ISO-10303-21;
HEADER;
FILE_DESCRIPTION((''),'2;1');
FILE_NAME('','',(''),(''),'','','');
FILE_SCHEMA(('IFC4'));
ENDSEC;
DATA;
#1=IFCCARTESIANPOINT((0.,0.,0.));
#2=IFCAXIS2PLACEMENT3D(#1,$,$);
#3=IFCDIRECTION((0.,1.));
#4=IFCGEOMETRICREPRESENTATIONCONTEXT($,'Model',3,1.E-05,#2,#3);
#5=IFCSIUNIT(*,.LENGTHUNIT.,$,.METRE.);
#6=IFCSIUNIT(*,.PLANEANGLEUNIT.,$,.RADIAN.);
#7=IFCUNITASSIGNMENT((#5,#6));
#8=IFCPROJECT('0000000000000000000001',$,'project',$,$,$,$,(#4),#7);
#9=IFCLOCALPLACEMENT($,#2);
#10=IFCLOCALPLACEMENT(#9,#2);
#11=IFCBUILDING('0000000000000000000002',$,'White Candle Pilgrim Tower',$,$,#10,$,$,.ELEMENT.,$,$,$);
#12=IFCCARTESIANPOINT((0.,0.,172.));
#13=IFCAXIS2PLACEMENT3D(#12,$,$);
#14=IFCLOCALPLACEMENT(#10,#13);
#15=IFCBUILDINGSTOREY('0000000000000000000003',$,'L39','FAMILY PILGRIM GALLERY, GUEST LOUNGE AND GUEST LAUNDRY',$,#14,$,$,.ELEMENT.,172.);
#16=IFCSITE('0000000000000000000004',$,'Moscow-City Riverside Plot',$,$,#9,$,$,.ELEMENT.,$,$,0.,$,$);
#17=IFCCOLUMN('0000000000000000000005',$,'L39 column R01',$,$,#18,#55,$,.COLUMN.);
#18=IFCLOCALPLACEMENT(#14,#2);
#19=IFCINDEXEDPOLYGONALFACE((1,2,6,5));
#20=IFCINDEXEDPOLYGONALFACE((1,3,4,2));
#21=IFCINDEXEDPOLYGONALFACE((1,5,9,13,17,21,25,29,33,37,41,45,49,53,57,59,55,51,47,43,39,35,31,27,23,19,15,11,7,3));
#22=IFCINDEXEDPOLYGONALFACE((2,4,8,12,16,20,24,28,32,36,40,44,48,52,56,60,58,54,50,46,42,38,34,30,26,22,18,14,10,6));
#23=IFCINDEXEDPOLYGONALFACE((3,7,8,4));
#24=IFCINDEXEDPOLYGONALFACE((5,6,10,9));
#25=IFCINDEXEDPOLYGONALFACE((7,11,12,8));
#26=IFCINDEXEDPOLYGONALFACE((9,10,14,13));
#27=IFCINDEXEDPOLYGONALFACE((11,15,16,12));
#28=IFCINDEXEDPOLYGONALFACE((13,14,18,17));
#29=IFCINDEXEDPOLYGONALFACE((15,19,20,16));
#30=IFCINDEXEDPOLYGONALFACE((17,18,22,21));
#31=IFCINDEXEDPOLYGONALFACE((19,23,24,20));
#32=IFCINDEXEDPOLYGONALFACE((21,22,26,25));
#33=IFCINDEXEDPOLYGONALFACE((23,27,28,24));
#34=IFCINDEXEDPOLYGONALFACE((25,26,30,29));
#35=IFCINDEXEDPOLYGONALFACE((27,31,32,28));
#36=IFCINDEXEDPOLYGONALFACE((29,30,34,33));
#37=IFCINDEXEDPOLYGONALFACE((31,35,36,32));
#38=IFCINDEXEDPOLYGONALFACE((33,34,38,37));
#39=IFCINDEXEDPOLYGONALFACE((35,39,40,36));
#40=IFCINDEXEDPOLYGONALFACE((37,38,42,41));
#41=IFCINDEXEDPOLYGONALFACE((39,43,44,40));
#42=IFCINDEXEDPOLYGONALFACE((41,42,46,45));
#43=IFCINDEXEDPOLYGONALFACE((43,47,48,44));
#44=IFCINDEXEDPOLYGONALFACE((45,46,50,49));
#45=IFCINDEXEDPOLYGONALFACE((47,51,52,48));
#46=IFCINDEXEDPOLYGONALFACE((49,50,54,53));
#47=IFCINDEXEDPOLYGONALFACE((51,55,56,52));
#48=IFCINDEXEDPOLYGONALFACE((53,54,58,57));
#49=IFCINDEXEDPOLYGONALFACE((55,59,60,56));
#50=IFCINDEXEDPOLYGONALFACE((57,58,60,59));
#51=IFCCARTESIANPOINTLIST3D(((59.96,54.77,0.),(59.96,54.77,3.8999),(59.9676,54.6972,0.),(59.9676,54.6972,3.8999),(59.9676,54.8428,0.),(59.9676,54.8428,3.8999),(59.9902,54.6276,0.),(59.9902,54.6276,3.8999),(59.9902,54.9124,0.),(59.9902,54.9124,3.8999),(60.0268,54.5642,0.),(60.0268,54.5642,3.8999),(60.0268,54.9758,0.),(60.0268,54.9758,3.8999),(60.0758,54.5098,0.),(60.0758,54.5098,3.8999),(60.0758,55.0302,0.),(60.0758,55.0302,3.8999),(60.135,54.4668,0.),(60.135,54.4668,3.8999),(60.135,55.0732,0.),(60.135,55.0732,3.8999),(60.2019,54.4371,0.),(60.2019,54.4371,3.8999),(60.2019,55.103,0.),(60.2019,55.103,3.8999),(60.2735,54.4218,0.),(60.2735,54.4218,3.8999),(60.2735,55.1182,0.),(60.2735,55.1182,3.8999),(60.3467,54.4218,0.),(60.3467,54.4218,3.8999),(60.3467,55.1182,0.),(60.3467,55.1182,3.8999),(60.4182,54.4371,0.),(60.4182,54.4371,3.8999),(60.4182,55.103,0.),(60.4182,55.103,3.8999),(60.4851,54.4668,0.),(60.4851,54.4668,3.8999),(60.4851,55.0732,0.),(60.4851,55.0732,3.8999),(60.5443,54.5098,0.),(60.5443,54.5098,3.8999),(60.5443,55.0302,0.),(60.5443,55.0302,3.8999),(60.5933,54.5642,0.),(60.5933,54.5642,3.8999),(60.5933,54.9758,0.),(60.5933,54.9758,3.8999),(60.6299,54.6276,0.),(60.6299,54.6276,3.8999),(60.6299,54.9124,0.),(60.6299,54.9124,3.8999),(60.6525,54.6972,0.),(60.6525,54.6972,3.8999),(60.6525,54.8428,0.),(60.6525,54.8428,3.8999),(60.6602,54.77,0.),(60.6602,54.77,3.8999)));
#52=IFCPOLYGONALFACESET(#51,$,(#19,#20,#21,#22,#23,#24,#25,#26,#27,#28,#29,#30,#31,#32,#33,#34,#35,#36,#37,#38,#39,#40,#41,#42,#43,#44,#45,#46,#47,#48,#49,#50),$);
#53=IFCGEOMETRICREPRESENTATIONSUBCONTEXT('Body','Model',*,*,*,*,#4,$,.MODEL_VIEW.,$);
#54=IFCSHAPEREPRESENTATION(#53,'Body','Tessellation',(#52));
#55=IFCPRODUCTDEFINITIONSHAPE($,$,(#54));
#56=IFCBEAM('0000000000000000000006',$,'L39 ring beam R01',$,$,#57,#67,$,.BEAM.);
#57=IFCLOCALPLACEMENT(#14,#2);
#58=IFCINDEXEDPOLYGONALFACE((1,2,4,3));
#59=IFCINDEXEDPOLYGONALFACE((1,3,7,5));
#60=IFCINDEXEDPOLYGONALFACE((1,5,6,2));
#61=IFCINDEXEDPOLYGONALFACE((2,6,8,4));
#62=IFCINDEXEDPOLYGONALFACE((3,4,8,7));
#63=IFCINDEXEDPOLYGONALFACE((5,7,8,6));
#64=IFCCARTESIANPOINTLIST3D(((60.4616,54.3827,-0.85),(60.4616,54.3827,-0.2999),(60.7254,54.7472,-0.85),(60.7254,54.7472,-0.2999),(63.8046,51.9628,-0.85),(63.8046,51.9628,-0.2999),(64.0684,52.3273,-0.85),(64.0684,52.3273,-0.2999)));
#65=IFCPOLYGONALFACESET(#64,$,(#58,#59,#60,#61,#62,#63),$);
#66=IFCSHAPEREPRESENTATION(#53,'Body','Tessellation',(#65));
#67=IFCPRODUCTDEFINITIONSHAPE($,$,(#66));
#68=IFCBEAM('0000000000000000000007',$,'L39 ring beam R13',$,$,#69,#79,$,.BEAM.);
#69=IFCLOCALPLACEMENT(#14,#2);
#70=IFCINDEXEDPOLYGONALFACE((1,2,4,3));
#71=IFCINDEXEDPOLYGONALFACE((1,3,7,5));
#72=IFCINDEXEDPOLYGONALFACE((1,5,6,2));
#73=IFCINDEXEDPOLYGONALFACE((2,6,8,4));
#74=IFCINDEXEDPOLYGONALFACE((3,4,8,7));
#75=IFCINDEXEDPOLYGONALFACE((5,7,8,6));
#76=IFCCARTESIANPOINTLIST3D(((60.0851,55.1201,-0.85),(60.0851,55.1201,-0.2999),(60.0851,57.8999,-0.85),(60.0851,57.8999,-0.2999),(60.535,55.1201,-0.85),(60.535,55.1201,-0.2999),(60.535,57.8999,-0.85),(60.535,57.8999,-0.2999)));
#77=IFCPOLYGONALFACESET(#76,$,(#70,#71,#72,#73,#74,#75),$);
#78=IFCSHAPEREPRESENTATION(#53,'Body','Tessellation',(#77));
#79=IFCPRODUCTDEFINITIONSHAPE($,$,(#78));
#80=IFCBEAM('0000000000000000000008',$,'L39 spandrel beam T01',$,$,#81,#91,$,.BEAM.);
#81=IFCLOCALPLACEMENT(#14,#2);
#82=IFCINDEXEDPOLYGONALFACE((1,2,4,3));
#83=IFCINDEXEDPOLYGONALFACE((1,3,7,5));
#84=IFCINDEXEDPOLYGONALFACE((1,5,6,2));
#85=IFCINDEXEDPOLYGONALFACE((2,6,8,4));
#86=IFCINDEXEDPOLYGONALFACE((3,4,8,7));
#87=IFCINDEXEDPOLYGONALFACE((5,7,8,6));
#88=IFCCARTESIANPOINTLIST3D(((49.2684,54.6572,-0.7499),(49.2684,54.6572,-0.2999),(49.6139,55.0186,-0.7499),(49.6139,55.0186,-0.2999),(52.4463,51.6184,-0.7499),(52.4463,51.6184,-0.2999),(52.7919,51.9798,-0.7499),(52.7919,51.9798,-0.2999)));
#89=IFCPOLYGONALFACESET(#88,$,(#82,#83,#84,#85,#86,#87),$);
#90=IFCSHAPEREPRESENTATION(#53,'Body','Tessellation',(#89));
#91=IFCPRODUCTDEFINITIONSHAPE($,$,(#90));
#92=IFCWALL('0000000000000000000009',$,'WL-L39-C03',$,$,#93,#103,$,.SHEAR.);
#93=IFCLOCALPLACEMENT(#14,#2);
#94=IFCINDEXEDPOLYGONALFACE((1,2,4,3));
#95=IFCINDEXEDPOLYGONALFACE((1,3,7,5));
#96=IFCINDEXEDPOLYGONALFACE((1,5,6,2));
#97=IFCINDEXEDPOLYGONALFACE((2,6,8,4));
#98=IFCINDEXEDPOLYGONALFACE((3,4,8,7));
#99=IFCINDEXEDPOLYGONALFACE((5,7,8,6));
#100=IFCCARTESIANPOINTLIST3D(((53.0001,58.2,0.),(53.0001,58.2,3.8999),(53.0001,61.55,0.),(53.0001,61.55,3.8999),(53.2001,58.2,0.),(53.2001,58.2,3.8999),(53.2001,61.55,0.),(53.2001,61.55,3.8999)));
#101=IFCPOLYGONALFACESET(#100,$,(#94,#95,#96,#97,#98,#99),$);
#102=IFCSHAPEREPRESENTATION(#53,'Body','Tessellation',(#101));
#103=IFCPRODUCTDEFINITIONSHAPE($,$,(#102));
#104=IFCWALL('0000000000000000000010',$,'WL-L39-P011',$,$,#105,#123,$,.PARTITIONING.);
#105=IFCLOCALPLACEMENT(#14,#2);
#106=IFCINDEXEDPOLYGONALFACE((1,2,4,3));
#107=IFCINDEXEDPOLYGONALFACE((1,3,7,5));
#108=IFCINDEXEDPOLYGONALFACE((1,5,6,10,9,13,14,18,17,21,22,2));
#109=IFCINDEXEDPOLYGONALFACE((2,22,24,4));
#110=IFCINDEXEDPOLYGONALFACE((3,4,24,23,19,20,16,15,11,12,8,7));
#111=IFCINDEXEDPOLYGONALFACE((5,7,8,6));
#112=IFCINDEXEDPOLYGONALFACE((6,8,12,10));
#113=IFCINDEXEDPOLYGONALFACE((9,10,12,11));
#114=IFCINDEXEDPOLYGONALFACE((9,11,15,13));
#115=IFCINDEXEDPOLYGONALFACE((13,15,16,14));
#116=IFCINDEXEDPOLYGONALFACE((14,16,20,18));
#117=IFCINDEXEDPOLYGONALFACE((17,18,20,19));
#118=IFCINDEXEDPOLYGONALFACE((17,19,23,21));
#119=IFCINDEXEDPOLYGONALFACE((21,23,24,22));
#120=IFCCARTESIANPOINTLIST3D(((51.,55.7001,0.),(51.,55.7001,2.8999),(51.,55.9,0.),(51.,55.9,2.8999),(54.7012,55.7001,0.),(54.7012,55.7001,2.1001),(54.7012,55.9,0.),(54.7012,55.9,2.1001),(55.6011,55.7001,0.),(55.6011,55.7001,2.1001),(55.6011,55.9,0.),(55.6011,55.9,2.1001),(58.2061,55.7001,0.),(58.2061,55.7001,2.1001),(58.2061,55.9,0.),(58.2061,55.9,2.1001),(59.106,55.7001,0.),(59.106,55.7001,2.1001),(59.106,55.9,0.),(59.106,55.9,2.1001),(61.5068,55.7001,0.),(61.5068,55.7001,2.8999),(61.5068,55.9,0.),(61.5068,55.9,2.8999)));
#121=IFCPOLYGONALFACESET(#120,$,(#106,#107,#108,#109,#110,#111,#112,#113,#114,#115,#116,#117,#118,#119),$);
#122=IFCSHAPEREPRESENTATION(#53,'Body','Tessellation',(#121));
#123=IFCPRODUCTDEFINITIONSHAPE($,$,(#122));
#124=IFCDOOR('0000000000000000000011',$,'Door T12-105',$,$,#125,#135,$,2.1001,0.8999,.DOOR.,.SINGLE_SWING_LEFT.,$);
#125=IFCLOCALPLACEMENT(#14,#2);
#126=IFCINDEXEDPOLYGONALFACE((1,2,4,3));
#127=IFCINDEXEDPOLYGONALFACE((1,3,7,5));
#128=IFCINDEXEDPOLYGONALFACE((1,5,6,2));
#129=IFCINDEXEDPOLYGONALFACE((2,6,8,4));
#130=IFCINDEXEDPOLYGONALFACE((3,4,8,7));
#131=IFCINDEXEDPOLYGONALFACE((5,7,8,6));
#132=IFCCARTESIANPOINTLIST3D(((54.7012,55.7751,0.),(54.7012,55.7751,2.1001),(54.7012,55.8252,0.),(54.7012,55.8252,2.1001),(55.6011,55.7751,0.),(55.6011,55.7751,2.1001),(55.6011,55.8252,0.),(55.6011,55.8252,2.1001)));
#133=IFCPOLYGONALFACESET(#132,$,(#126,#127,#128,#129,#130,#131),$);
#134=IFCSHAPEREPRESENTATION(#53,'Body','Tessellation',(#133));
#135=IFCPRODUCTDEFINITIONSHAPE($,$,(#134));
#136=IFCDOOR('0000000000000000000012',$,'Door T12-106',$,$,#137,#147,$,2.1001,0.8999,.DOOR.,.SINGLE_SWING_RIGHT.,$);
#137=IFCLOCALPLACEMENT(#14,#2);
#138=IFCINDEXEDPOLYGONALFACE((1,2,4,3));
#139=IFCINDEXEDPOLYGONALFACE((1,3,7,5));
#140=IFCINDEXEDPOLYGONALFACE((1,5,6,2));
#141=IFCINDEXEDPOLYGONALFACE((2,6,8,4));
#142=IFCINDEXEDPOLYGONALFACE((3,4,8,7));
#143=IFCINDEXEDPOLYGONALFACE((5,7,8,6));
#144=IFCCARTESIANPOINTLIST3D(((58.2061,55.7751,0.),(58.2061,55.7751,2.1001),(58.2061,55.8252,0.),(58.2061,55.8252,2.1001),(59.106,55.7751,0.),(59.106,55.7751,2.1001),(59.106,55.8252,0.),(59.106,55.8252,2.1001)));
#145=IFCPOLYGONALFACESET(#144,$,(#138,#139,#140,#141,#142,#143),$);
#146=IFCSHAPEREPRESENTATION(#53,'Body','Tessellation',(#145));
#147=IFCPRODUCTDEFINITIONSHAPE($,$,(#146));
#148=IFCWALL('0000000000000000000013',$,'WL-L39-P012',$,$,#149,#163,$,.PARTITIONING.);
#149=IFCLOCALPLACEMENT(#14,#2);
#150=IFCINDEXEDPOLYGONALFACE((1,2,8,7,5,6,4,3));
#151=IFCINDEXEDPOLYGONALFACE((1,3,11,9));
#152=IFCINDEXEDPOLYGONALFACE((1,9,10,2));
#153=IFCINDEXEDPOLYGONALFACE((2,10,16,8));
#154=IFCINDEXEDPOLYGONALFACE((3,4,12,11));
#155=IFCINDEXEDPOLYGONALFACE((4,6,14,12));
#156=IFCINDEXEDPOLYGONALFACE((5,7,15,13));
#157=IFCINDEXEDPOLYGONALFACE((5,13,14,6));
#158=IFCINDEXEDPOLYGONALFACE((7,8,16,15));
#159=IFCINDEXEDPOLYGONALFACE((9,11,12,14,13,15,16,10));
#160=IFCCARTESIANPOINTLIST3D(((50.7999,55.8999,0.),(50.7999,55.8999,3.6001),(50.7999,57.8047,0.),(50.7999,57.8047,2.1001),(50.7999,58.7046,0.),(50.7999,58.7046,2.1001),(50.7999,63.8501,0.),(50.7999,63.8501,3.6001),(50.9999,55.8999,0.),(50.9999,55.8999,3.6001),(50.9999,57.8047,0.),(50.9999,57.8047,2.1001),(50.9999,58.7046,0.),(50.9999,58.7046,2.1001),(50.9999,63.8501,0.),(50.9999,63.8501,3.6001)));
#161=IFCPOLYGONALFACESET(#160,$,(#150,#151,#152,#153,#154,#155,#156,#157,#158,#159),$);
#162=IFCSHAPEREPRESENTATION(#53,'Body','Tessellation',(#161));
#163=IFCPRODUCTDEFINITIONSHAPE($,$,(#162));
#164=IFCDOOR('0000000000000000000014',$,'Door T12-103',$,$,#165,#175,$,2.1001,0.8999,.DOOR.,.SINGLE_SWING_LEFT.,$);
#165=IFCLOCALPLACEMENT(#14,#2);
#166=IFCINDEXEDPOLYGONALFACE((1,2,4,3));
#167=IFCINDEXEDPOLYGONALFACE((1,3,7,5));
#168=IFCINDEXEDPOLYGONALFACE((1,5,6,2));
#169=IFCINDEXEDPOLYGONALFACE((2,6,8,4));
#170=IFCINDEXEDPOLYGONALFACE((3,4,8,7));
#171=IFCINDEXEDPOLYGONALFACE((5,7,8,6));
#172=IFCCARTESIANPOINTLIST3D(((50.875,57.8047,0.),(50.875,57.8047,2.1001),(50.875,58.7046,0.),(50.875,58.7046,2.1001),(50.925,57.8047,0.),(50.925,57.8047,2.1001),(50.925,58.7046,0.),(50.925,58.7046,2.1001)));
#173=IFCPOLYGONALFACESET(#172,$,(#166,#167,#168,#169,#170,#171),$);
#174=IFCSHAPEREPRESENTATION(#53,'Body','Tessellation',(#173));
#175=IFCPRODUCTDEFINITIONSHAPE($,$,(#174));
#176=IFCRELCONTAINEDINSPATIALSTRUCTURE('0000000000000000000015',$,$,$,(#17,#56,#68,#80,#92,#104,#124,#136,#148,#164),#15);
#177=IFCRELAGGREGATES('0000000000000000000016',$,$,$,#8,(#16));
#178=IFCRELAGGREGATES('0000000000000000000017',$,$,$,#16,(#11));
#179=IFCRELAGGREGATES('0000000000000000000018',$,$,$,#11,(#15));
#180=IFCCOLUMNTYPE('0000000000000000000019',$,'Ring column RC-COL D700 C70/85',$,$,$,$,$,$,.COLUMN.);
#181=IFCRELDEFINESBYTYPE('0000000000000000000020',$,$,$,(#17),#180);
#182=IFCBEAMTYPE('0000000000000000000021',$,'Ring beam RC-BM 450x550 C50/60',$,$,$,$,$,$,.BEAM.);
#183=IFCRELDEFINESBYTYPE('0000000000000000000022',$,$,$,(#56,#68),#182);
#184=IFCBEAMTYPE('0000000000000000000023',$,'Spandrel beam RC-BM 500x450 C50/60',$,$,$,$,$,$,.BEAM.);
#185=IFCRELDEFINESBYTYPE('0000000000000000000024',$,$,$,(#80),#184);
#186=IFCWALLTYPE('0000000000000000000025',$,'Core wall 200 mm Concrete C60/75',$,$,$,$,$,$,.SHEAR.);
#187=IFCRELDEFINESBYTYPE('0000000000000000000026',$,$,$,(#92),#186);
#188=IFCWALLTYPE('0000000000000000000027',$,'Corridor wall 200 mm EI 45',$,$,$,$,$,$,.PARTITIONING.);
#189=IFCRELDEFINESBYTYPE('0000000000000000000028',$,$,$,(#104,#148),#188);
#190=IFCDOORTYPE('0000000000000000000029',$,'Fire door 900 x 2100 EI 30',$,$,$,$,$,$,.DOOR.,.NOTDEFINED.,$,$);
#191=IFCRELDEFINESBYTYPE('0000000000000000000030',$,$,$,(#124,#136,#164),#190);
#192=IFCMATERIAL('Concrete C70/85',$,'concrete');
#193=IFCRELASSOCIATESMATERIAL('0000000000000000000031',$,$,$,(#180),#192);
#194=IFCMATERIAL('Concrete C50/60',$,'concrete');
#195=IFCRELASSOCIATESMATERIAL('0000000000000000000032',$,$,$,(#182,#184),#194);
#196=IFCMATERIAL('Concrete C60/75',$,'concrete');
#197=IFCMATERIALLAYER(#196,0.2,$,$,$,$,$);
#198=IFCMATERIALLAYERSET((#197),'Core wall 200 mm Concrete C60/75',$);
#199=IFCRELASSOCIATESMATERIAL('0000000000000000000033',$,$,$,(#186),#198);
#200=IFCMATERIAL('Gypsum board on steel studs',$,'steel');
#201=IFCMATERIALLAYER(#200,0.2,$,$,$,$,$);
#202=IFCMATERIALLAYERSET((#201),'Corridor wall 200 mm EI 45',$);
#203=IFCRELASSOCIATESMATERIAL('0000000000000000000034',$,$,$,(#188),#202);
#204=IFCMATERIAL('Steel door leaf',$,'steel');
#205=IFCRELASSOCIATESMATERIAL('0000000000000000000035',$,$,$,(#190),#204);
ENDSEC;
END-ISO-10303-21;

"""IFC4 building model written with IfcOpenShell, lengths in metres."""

from ifc_helpers import new_model, si_unit, direction, frame, frame_2d, origin, origin_2d, place, context, subcontext, project, spatial, rectangle, circle, extrude, material, layer, layer_set, material_profile, profile_set, type_object, element, fill, save


model = new_model("IFC4")

# Units and contexts
model_context = context("Model", 3, precision=1e-05, world=origin(), true_north=direction((0.0, 1.0)))
body_context = subcontext(model_context, "Body", "Model", "MODEL_VIEW")
ifc_project = project(units=[si_unit("LENGTHUNIT", "METRE"), si_unit("PLANEANGLEUNIT", "RADIAN")], contexts=[model_context])

# Site, building, storey
site_placement = place(None, origin())
site = spatial("IfcSite", under=ifc_project, at=site_placement, Name="Moscow-City Riverside Plot", CompositionType="ELEMENT", RefElevation=0.0)
building_placement = place(site_placement, origin())
building = spatial("IfcBuilding", under=site, at=building_placement, Name="White Candle Pilgrim Tower", CompositionType="ELEMENT")
storey_placement = place(building_placement, frame((0.0, 0.0, 172.0)))
storey = spatial("IfcBuildingStorey", under=building, at=storey_placement, Name="L39", Description="FAMILY PILGRIM GALLERY, GUEST LOUNGE AND GUEST LAUNDRY", CompositionType="ELEMENT", Elevation=172.0)

# Column
ifc_material_1 = material(Name="Concrete C70/85", Category="concrete")
ifc_material_profile_1 = material_profile(ifc_material_1, circle(Radius=0.3501, at=origin_2d()), Name="RC-COL D700")
ifc_profile_set_1 = profile_set([ifc_material_profile_1], Name="Concrete C70/85")
column_type = type_object("IfcColumnType", Name="Ring column RC-COL D700 C70/85", PredefinedType="COLUMN", material=ifc_profile_set_1)
column_placement = place(storey_placement, frame((60.3101, 54.77, 0.0), z_axis=(0.0, 0.0, 1.0), x_axis=(1.0, 0.0, 0.0)))
element("IfcColumn", 1, at=column_placement, inside=storey, type_object=column_type, Name="L39 column R01", PredefinedType="COLUMN", context=body_context, shape_type="SweptSolid", body=[
    extrude(circle(Radius=0.3501, at=origin_2d()), origin(), (0.0, 0.0, 1.0), 3.8999),
])

# Beams
ifc_material_2 = material(Name="Concrete C50/60", Category="concrete")
ifc_material_profile_2 = material_profile(ifc_material_2, rectangle(XDim=0.45, YDim=0.55, at=origin_2d()), Name="RC-BM 450x550")
ifc_profile_set_2 = profile_set([ifc_material_profile_2], Name="Concrete C50/60")
beam_type_1 = type_object("IfcBeamType", Name="Ring beam RC-BM 450x550 C50/60", PredefinedType="BEAM", material=ifc_profile_set_2)
beam_1_placement = place(storey_placement, frame((60.5935, 54.5649, -0.575), z_axis=(0.810044, -0.586369, 0.0), x_axis=(0.586369, 0.810044, 0.0)))
element("IfcBeam", 2, at=beam_1_placement, inside=storey, type_object=beam_type_1, Name="L39 ring beam R01", PredefinedType="BEAM", context=body_context, shape_type="SweptSolid", body=[
    extrude(rectangle(XDim=0.45, YDim=0.55, at=origin_2d()), origin(), (0.0, 0.0, 1.0), 4.127),
])
beam_2_placement = place(storey_placement, frame((60.3101, 55.1201, -0.575), z_axis=(0.0, 1.0, 0.0), x_axis=(-1.0, 0.0, 0.0)))
element("IfcBeam", 3, at=beam_2_placement, inside=storey, type_object=beam_type_1, Name="L39 ring beam R13", PredefinedType="BEAM", context=body_context, shape_type="SweptSolid", body=[
    extrude(rectangle(XDim=0.45, YDim=0.55, at=origin_2d()), origin(), (0.0, 0.0, 1.0), 2.7798),
])
ifc_material_profile_3 = material_profile(ifc_material_2, rectangle(XDim=0.5, YDim=0.45, at=origin_2d()), Name="RC-BM 500x450")
ifc_profile_set_3 = profile_set([ifc_material_profile_3], Name="Concrete C50/60")
beam_type_2 = type_object("IfcBeamType", Name="Spandrel beam RC-BM 500x450 C50/60", PredefinedType="BEAM", material=ifc_profile_set_3)
beam_3_placement = place(storey_placement, frame((49.4412, 54.8379, -0.5249), z_axis=(0.722754, -0.691105, 0.0), x_axis=(0.691105, 0.722754, 0.0)))
element("IfcBeam", 4, at=beam_3_placement, inside=storey, type_object=beam_type_2, Name="L39 spandrel beam T01", PredefinedType="BEAM", context=body_context, shape_type="SweptSolid", body=[
    extrude(rectangle(XDim=0.5, YDim=0.45, at=origin_2d()), origin(), (0.0, 0.0, 1.0), 4.397),
])

# Wall
ifc_material_3 = material(Name="Concrete C60/75", Category="concrete")
ifc_layer_1 = layer(ifc_material_3, 0.2)
ifc_layer_set_1 = layer_set([ifc_layer_1], Name="Core wall 200 mm Concrete C60/75")
wall_type_1 = type_object("IfcWallType", Name="Core wall 200 mm Concrete C60/75", PredefinedType="SHEAR", material=ifc_layer_set_1)
wall_1_placement = place(storey_placement, frame((53.1001, 58.2, 0.0), z_axis=(0.0, 0.0, 1.0), x_axis=(0.0, 1.0, 0.0)))
element("IfcWall", 5, at=wall_1_placement, inside=storey, type_object=wall_type_1, Name="WL-L39-C03", PredefinedType="SHEAR", context=body_context, shape_type="SweptSolid", body=[
    extrude(rectangle(XDim=3.3501, YDim=0.2, at=frame_2d((1.675, 0.0))), origin(), (0.0, 0.0, 1.0), 3.8999),
])

# Wall, openings, doors
ifc_material_4 = material(Name="Gypsum board on steel studs", Category="steel")
ifc_layer_2 = layer(ifc_material_4, 0.2)
ifc_layer_set_2 = layer_set([ifc_layer_2], Name="Corridor wall 200 mm EI 45")
wall_type_2 = type_object("IfcWallType", Name="Corridor wall 200 mm EI 45", PredefinedType="PARTITIONING", material=ifc_layer_set_2)
wall_2_placement = place(storey_placement, frame((61.5068, 55.8, 0.0), z_axis=(0.0, 0.0, 1.0), x_axis=(-1.0, 0.0, 0.0)))
wall_2 = element("IfcWall", 6, at=wall_2_placement, inside=storey, type_object=wall_type_2, Name="WL-L39-P011", PredefinedType="PARTITIONING", context=body_context, shape_type="SweptSolid", body=[
    extrude(rectangle(XDim=10.5068, YDim=0.2, at=frame_2d((5.2534, 0.0))), origin(), (0.0, 0.0, 1.0), 2.8999),
])
opening_1_placement = place(wall_2_placement, frame((5.9058, 0.0, 0.0)))
opening_1 = element("IfcOpeningElement", 7, at=opening_1_placement, cuts=wall_2, PredefinedType="OPENING", context=body_context, shape_type="SweptSolid", body=[
    extrude(rectangle(XDim=0.8999, YDim=2.1001, at=frame_2d((0.45, 1.05))), frame((0.0, 0.1099, 0.0), z_axis=(0.0, -1.0, 0.0), x_axis=(1.0, 0.0, 0.0)), (0.0, 0.0, 1.0), 0.22),
])
opening_2_placement = place(wall_2_placement, frame((2.4009, 0.0, 0.0)))
opening_2 = element("IfcOpeningElement", 8, at=opening_2_placement, cuts=wall_2, PredefinedType="OPENING", context=body_context, shape_type="SweptSolid", body=[
    extrude(rectangle(XDim=0.8999, YDim=2.1001, at=frame_2d((0.45, 1.05))), frame((0.0, 0.1099, 0.0), z_axis=(0.0, -1.0, 0.0), x_axis=(1.0, 0.0, 0.0)), (0.0, 0.0, 1.0), 0.22),
])
ifc_material_5 = material(Name="Steel door leaf", Category="steel")
door_type_1 = type_object("IfcDoorType", Name="Fire door 900 x 2100 EI 30", OperationType="NOTDEFINED", PredefinedType="DOOR", material=ifc_material_5)
door_1_placement = place(opening_1_placement, origin())
door_1 = element("IfcDoor", 9, at=door_1_placement, inside=storey, type_object=door_type_1, Name="Door T12-105", OperationType="SINGLE_SWING_LEFT", OverallHeight=2.1001, OverallWidth=0.8999, PredefinedType="DOOR", context=body_context, shape_type="SweptSolid", body=[
    extrude(rectangle(XDim=0.8999, YDim=2.1001, at=frame_2d((0.45, 1.05))), frame((0.0, 0.0249, 0.0), z_axis=(0.0, -1.0, 0.0), x_axis=(1.0, 0.0, 0.0)), (0.0, 0.0, 1.0), 0.05),
])
fill(opening_1, door_1)
door_2_placement = place(opening_2_placement, origin())
door_2 = element("IfcDoor", 10, at=door_2_placement, inside=storey, type_object=door_type_1, Name="Door T12-106", OperationType="SINGLE_SWING_RIGHT", OverallHeight=2.1001, OverallWidth=0.8999, PredefinedType="DOOR", context=body_context, shape_type="SweptSolid", body=[
    extrude(rectangle(XDim=0.8999, YDim=2.1001, at=frame_2d((0.45, 1.05))), frame((0.0, 0.0249, 0.0), z_axis=(0.0, -1.0, 0.0), x_axis=(1.0, 0.0, 0.0)), (0.0, 0.0, 1.0), 0.05),
])
fill(opening_2, door_2)

# Wall, opening, door
wall_3_placement = place(storey_placement, frame((50.8999, 55.8999, 0.0), z_axis=(0.0, 0.0, 1.0), x_axis=(0.0, 1.0, 0.0)))
wall_3 = element("IfcWall", 11, at=wall_3_placement, inside=storey, type_object=wall_type_2, Name="WL-L39-P012", PredefinedType="PARTITIONING", context=body_context, shape_type="SweptSolid", body=[
    extrude(rectangle(XDim=7.9502, YDim=0.2, at=frame_2d((3.9751, 0.0))), origin(), (0.0, 0.0, 1.0), 3.6001),
])
opening_3_placement = place(wall_3_placement, frame((1.9048, 0.0, 0.0)))
opening_3 = element("IfcOpeningElement", 12, at=opening_3_placement, cuts=wall_3, PredefinedType="OPENING", context=body_context, shape_type="SweptSolid", body=[
    extrude(rectangle(XDim=0.8999, YDim=2.1001, at=frame_2d((0.45, 1.05))), frame((0.0, 0.1099, 0.0), z_axis=(0.0, -1.0, 0.0), x_axis=(1.0, 0.0, 0.0)), (0.0, 0.0, 1.0), 0.22),
])
door_3_placement = place(opening_3_placement, origin())
door_3 = element("IfcDoor", 13, at=door_3_placement, inside=storey, type_object=door_type_1, Name="Door T12-103", OperationType="SINGLE_SWING_LEFT", OverallHeight=2.1001, OverallWidth=0.8999, PredefinedType="DOOR", context=body_context, shape_type="SweptSolid", body=[
    extrude(rectangle(XDim=0.8999, YDim=2.1001, at=frame_2d((0.45, 1.05))), frame((0.0, 0.0249, 0.0), z_axis=(0.0, -1.0, 0.0), x_axis=(1.0, 0.0, 0.0)), (0.0, 0.0, 1.0), 0.05),
])
fill(opening_3, door_3)

save(model, "model.ifc")
